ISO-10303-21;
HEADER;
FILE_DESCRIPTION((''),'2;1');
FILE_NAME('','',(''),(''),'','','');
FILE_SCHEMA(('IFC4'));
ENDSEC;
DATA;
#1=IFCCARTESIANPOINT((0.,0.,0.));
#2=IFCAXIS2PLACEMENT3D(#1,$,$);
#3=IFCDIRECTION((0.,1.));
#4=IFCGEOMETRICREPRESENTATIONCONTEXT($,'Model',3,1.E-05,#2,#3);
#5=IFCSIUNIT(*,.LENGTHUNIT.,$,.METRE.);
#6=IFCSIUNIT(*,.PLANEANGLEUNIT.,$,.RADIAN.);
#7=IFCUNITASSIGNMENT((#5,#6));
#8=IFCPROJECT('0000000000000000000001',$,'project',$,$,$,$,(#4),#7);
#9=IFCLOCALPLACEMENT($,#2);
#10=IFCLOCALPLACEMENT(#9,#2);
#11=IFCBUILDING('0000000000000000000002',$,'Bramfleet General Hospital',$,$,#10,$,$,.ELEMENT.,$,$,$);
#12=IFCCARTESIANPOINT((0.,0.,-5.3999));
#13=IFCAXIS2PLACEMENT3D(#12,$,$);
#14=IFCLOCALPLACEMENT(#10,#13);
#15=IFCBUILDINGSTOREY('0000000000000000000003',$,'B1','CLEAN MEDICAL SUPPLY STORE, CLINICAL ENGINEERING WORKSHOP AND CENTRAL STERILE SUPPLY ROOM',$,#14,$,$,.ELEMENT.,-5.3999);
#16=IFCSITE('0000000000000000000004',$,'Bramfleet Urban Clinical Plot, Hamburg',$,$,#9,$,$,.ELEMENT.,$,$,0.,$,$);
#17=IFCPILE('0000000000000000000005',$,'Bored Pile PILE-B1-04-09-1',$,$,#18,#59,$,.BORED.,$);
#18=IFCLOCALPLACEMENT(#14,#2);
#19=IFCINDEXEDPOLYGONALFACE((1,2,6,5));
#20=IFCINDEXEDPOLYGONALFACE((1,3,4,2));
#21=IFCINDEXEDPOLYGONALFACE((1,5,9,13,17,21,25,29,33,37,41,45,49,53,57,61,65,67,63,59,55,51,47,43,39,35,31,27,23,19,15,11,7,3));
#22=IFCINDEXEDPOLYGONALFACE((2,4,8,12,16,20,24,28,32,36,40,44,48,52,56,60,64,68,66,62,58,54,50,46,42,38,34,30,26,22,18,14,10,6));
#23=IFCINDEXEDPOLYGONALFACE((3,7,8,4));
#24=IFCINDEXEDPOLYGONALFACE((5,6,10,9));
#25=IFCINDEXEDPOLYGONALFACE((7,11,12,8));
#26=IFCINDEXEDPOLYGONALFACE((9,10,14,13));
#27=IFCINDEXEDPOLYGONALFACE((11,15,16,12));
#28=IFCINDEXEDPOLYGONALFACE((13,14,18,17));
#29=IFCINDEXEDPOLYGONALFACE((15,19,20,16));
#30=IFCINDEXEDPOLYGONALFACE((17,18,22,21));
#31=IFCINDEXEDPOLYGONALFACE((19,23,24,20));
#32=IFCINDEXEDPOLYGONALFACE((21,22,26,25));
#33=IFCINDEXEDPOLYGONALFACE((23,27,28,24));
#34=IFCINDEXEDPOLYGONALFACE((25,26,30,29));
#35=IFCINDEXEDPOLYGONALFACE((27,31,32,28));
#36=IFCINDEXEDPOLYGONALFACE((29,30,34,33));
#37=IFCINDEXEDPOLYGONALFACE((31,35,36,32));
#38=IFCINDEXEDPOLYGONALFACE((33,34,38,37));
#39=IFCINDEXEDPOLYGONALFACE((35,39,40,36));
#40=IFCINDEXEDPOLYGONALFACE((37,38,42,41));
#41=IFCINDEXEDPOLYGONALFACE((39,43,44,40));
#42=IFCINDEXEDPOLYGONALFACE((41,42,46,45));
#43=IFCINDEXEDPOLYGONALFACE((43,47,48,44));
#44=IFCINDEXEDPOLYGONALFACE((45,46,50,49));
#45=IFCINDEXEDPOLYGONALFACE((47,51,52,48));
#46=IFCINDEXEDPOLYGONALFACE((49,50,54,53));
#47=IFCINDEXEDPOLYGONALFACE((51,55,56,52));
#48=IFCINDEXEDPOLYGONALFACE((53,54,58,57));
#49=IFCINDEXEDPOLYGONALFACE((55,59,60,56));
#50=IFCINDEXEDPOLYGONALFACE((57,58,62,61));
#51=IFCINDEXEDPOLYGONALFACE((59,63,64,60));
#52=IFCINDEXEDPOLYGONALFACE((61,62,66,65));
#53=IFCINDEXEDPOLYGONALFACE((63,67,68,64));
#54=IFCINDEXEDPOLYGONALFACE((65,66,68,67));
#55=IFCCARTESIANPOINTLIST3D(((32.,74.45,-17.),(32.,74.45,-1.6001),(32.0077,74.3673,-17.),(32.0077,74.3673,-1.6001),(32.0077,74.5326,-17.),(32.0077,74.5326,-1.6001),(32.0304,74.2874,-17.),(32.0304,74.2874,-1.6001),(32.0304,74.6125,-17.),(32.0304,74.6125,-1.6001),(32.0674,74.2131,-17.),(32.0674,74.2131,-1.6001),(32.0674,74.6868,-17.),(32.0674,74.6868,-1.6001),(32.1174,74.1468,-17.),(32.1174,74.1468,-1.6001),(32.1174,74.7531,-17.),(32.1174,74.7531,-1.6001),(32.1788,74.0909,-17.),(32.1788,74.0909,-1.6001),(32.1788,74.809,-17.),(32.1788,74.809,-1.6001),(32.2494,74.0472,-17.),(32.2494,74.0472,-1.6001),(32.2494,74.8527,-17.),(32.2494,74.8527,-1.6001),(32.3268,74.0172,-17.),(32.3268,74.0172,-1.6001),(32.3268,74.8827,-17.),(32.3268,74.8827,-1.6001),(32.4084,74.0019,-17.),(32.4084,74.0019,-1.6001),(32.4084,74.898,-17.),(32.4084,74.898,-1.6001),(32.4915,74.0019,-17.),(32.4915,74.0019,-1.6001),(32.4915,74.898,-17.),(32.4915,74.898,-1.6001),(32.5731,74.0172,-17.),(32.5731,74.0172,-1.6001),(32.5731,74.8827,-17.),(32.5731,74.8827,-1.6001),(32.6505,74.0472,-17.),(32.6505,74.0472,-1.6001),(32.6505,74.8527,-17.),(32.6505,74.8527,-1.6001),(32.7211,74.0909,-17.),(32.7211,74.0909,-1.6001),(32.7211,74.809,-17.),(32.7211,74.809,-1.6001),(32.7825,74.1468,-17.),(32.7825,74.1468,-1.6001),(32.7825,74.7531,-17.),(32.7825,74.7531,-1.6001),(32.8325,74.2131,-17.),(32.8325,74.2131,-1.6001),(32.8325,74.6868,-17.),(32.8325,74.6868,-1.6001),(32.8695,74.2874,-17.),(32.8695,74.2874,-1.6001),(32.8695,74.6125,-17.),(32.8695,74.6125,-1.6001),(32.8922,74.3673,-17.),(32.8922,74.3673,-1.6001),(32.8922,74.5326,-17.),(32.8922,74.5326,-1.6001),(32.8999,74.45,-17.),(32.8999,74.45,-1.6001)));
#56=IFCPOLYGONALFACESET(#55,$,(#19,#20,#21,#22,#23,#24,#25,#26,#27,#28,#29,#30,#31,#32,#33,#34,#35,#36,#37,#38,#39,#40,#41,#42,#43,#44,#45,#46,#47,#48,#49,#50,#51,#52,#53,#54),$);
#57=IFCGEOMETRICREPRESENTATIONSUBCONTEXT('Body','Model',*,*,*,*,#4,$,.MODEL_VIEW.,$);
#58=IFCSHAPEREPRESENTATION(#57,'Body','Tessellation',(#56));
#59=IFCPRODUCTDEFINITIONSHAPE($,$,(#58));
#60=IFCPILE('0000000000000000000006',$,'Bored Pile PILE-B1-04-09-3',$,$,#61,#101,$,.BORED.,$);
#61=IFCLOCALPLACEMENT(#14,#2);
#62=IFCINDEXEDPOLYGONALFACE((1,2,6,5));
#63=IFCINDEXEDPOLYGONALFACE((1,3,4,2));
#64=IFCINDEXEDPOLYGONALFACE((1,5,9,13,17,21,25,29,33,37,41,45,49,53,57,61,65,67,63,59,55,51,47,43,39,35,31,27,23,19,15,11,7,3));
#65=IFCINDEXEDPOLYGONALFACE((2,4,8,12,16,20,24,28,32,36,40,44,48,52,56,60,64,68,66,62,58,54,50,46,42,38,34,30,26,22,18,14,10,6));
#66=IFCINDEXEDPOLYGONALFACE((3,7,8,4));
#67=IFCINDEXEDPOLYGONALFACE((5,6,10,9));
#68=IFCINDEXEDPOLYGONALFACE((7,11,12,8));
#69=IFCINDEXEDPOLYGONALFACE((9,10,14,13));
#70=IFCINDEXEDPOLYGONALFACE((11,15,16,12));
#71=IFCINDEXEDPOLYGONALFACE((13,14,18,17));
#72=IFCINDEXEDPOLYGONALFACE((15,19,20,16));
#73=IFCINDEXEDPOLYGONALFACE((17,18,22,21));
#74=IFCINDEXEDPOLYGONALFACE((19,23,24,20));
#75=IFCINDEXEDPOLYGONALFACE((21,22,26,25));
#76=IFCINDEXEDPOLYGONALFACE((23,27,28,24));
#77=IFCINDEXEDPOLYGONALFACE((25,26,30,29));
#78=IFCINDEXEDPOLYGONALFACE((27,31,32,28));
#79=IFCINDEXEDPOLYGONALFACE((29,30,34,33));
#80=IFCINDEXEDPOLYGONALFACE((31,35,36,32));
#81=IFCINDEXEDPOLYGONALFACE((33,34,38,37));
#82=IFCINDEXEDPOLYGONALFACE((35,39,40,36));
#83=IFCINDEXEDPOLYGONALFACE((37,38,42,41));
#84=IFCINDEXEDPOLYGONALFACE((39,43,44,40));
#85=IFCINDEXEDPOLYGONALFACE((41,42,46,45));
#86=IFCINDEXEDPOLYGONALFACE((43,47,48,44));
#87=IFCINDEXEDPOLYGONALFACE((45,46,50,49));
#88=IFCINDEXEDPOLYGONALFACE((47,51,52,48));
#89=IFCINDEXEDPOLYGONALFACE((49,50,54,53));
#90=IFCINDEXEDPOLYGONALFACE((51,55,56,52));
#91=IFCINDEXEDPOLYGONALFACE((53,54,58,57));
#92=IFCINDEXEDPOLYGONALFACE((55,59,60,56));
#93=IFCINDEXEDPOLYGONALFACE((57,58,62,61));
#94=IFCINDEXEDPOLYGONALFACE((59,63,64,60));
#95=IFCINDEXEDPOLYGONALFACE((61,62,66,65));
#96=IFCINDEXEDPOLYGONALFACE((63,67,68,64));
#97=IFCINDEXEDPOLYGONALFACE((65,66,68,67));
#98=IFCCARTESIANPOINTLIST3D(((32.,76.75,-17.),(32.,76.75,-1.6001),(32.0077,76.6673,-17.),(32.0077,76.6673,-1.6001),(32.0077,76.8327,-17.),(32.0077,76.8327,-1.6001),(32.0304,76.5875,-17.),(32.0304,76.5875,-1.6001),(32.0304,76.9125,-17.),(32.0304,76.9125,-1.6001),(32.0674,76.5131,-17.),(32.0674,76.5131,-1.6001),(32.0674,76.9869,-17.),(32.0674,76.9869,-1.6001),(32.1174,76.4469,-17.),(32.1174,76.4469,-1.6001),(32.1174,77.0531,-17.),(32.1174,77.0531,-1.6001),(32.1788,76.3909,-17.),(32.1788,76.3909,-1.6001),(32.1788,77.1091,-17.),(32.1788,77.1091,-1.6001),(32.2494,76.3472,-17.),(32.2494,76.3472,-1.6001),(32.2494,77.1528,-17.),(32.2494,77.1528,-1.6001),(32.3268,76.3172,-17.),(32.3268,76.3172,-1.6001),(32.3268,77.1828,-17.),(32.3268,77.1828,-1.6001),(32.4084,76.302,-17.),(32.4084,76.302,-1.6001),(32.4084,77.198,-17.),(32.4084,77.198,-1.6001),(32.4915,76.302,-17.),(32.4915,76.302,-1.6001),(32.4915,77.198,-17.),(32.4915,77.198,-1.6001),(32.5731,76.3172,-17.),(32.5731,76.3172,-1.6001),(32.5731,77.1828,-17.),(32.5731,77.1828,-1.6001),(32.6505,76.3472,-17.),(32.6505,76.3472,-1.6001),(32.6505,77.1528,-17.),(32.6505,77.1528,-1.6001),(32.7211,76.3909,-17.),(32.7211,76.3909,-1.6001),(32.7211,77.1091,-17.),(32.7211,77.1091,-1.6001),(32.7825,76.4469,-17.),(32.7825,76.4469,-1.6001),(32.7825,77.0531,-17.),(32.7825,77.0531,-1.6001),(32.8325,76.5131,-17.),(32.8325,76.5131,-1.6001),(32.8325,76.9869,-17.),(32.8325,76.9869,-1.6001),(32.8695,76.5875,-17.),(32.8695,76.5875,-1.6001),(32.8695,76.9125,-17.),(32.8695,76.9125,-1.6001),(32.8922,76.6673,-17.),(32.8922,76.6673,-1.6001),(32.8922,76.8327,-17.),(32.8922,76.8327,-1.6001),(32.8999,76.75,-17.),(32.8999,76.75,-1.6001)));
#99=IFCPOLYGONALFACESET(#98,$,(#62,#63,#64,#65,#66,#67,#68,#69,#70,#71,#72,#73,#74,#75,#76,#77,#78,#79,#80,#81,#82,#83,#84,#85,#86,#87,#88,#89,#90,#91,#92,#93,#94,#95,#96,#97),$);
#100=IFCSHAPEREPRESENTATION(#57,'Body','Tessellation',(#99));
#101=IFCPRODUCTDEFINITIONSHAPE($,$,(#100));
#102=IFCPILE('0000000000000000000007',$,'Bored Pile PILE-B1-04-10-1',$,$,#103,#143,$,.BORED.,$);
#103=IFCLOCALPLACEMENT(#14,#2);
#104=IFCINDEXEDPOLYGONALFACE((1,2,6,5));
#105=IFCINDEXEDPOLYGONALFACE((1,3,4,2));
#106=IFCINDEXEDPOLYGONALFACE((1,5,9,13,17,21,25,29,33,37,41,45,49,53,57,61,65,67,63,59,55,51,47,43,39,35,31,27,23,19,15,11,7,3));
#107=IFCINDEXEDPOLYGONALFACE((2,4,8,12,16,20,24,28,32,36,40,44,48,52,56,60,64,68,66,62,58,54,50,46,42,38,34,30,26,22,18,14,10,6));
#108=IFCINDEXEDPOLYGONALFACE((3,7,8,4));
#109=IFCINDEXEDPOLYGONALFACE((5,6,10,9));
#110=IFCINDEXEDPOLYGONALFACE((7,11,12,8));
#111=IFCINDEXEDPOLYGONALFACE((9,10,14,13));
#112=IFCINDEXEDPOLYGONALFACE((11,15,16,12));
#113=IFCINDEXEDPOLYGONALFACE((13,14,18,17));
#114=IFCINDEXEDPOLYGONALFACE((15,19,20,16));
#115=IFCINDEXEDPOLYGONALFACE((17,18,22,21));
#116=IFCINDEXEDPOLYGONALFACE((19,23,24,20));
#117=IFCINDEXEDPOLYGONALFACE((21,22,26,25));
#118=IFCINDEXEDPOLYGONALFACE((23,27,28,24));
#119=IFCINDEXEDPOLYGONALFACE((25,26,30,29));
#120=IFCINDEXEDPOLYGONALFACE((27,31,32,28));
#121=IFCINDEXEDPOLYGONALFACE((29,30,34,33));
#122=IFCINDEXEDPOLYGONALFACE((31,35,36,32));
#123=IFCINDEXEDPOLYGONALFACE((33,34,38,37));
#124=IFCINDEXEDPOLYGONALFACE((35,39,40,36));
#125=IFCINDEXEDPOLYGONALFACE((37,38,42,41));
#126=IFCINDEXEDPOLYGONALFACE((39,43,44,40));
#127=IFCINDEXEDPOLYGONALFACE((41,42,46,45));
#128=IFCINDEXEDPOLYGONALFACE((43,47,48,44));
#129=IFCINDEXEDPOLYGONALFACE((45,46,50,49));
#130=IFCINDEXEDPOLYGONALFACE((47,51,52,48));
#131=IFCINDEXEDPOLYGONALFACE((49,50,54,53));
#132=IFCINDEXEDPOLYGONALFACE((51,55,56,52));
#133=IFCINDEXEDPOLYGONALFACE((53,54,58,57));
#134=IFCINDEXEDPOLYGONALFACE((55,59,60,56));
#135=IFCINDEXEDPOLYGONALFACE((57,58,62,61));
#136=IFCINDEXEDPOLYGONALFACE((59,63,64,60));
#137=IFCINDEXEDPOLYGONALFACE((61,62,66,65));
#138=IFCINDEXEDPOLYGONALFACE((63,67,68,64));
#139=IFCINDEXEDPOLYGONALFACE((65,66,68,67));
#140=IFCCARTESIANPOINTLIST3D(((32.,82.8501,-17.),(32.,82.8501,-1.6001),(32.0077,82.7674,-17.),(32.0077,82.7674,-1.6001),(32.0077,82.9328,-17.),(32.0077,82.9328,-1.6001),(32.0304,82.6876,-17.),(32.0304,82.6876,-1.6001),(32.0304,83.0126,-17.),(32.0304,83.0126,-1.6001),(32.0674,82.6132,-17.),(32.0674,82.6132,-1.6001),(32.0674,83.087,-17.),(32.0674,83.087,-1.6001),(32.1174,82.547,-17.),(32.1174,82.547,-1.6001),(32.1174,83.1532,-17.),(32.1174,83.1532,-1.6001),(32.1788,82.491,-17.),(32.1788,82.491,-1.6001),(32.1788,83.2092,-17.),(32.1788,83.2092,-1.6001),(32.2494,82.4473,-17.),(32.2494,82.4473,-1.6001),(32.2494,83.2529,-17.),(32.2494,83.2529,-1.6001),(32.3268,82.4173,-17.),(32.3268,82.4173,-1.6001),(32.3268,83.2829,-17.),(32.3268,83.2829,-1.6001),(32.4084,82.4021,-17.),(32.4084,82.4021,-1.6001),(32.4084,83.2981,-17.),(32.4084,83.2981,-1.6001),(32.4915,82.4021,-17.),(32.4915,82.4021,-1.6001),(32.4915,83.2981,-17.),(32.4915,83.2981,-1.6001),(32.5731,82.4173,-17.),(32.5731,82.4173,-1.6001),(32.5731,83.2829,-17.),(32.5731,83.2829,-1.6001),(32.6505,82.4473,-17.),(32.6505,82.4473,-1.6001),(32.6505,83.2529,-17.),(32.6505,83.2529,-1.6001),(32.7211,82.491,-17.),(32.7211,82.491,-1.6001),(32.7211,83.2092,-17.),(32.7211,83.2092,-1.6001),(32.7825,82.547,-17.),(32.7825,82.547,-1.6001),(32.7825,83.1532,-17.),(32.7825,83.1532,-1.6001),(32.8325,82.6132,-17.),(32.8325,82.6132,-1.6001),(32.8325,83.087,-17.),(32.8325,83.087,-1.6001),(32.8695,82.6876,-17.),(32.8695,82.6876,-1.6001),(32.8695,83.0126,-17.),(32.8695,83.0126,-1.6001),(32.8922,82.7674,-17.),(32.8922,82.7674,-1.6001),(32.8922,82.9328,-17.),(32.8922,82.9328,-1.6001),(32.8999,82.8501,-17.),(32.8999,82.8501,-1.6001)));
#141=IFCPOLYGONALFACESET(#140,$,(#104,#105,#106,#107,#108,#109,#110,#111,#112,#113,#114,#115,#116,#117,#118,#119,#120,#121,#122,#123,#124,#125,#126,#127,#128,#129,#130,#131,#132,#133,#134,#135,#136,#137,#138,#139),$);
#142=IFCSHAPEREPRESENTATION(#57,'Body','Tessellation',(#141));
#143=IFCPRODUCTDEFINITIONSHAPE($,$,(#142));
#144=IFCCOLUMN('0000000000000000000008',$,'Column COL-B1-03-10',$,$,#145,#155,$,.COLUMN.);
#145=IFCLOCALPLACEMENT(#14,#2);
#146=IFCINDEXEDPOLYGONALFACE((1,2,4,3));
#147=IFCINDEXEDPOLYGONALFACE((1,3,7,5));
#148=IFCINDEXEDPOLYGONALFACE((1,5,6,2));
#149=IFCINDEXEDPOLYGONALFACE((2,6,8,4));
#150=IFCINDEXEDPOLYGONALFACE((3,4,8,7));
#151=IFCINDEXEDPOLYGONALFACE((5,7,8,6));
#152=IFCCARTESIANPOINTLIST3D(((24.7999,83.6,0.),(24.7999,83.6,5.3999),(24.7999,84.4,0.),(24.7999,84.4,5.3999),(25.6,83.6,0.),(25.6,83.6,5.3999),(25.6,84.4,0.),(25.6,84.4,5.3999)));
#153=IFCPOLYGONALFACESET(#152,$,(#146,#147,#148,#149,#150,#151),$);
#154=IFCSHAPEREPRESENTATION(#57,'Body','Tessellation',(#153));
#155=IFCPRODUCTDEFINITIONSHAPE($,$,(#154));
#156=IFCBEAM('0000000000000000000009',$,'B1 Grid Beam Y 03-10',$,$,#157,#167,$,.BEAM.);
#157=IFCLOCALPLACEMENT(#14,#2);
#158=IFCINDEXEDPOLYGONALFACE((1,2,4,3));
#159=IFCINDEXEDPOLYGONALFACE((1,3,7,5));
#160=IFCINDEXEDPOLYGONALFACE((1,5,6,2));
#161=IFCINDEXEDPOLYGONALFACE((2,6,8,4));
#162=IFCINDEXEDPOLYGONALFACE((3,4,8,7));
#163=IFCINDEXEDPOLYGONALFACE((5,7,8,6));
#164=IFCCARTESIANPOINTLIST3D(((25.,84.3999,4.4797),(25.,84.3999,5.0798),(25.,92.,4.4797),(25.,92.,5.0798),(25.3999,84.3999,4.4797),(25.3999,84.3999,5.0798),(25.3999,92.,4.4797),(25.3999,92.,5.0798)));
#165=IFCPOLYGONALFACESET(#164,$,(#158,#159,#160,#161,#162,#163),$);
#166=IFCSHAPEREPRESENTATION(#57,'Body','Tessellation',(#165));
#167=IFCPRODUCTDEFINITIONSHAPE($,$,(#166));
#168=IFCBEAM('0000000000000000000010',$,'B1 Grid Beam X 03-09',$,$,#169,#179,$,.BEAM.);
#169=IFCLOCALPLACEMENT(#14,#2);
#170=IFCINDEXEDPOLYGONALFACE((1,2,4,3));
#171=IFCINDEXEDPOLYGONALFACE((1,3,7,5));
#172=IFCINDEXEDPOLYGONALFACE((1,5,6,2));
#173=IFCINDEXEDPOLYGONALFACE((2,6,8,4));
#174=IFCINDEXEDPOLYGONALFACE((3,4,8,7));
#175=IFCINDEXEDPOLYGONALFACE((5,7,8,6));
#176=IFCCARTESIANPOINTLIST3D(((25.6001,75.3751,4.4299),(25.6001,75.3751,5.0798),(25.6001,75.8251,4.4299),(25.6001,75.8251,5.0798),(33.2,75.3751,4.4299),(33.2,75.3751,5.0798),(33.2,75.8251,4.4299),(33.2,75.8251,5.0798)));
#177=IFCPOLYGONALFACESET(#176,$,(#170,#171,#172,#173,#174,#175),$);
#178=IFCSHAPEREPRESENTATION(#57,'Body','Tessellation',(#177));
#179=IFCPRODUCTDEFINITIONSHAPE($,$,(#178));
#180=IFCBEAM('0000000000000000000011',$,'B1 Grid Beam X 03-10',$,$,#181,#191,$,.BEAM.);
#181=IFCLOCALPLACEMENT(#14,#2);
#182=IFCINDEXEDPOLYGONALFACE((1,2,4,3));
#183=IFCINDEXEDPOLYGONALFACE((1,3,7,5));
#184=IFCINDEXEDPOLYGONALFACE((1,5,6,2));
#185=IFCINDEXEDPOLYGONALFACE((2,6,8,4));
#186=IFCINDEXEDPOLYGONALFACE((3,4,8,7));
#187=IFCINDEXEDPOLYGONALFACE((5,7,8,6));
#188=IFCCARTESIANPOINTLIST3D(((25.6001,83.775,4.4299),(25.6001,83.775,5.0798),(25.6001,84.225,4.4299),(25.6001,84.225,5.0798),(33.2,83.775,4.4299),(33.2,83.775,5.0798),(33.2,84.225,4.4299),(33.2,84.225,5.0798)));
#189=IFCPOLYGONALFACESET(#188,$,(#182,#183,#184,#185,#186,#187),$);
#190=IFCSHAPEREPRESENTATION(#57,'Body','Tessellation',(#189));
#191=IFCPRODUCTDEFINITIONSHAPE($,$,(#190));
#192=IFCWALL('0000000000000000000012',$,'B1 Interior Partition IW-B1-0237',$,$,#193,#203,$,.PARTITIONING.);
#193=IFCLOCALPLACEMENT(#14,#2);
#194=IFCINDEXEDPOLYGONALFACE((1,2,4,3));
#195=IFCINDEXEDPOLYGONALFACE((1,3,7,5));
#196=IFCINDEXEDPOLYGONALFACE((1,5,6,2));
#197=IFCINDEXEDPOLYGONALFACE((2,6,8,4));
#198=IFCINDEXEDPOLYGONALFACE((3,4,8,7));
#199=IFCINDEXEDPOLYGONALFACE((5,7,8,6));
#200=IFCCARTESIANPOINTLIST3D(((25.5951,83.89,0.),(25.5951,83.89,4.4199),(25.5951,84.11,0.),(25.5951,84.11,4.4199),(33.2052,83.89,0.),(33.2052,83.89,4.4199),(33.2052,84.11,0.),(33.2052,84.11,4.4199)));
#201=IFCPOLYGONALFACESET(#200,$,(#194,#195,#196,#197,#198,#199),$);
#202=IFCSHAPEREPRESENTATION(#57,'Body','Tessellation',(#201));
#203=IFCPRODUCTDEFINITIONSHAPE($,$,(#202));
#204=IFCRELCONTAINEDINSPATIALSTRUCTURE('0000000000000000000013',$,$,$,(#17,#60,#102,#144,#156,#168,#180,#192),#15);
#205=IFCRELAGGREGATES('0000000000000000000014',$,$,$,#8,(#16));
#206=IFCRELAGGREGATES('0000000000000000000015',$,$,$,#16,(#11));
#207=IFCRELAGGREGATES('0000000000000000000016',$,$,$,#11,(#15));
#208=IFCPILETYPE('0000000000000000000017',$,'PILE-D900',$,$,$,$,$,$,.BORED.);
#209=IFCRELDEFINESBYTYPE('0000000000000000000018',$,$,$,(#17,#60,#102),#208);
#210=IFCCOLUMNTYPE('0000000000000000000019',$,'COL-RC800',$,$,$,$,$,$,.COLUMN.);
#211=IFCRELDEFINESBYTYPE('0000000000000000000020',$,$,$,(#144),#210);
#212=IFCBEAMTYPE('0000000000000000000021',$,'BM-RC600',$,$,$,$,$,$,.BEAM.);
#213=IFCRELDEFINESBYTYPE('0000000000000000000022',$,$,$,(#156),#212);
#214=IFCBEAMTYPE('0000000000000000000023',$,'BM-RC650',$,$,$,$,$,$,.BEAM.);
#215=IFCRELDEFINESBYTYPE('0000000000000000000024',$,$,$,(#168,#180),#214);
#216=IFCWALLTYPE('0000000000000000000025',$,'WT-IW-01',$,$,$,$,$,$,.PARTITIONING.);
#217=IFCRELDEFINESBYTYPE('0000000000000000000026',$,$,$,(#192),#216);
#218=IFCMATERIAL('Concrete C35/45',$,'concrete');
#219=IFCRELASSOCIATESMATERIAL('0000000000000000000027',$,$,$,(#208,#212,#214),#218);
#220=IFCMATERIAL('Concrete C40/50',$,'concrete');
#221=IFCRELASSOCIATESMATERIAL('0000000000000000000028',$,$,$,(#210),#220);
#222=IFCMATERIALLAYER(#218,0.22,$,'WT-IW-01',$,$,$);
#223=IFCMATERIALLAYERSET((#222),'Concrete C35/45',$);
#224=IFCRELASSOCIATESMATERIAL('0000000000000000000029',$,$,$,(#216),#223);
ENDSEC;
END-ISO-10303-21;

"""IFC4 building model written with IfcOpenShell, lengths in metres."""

from ifc_helpers import new_model, si_unit, direction, frame, frame_2d, origin, origin_2d, place, context, subcontext, project, spatial, rectangle, circle, extrude, material, layer, layer_set, material_profile, profile_set, type_object, element, save


model = new_model("IFC4")

# Units and contexts
model_context = context("Model", 3, precision=1e-05, world=origin(), true_north=direction((0.0, 1.0)))
body_context = subcontext(model_context, "Body", "Model", "MODEL_VIEW")
ifc_project = project(units=[si_unit("LENGTHUNIT", "METRE"), si_unit("PLANEANGLEUNIT", "RADIAN")], contexts=[model_context])

# Site, building, storey
site_placement = place(None, origin())
site = spatial("IfcSite", under=ifc_project, at=site_placement, Name="Bramfleet Urban Clinical Plot, Hamburg", CompositionType="ELEMENT", RefElevation=0.0)
building_placement = place(site_placement, origin())
building = spatial("IfcBuilding", under=site, at=building_placement, Name="Bramfleet General Hospital", CompositionType="ELEMENT")
storey_placement = place(building_placement, frame((0.0, 0.0, -5.3999)))
storey = spatial("IfcBuildingStorey", under=building, at=storey_placement, Name="B1", Description="CLEAN MEDICAL SUPPLY STORE, CLINICAL ENGINEERING WORKSHOP AND CENTRAL STERILE SUPPLY ROOM", CompositionType="ELEMENT", Elevation=-5.3999)

# Shared definitions
ifc_material_1 = material(Name="Concrete C35/45", Category="concrete")

# Piles
ifc_material_profile_1 = material_profile(ifc_material_1, circle(Radius=0.45, at=origin_2d()), Name="PILE BORED D900")
ifc_profile_set_1 = profile_set([ifc_material_profile_1], Name="Concrete C35/45")
pile_type_1 = type_object("IfcPileType", Name="PILE-D900", PredefinedType="BORED", material=ifc_profile_set_1)
for number, where, z_axis, x_axis, name in (
    (1, (32.45, 74.45, -1.6001), (0.0, 0.0, -1.0), (1.0, 0.0, 0.0), "Bored Pile PILE-B1-04-09-1"),
    (2, (32.45, 76.75, -1.6001), (0.0, 0.0, -1.0), (1.0, 0.0, 0.0), "Bored Pile PILE-B1-04-09-3"),
    (3, (32.45, 82.8501, -1.6001), (0.0, 0.0, -1.0), (1.0, 0.0, 0.0), "Bored Pile PILE-B1-04-10-1"),
):
    element("IfcPile", number, at=place(storey_placement, frame(where, z_axis=z_axis, x_axis=x_axis)), inside=storey, type_object=pile_type_1, Name=name, PredefinedType="BORED", context=body_context, shape_type="SweptSolid", body=[
        extrude(circle(Radius=0.45, at=origin_2d()), origin(), (0.0, 0.0, 1.0), 15.3999),
    ])

# Column
ifc_material_2 = material(Name="Concrete C40/50", Category="concrete")
ifc_material_profile_2 = material_profile(ifc_material_2, rectangle(XDim=0.8, YDim=0.8, at=origin_2d()), Name="RC COL 800x800")
ifc_profile_set_2 = profile_set([ifc_material_profile_2], Name="Concrete C40/50")
column_type = type_object("IfcColumnType", Name="COL-RC800", PredefinedType="COLUMN", material=ifc_profile_set_2)
column_placement = place(storey_placement, frame((25.2, 84.0, 0.0), z_axis=(0.0, 0.0, 1.0), x_axis=(1.0, 0.0, 0.0)))
element("IfcColumn", 4, at=column_placement, inside=storey, type_object=column_type, Name="Column COL-B1-03-10", PredefinedType="COLUMN", context=body_context, shape_type="SweptSolid", body=[
    extrude(rectangle(XDim=0.8, YDim=0.8, at=origin_2d()), origin(), (0.0, 0.0, 1.0), 5.3999),
])

# Beams
ifc_material_profile_3 = material_profile(ifc_material_1, rectangle(XDim=0.3999, YDim=0.6001, at=origin_2d()), Name="RC BM 600x400")
ifc_profile_set_3 = profile_set([ifc_material_profile_3], Name="Concrete C35/45")
beam_type_1 = type_object("IfcBeamType", Name="BM-RC600", PredefinedType="BEAM", material=ifc_profile_set_3)
beam_placement = place(storey_placement, frame((25.2, 84.3999, 4.7798), z_axis=(0.0, 1.0, 0.0), x_axis=(-1.0, 0.0, 0.0)))
element("IfcBeam", 5, at=beam_placement, inside=storey, type_object=beam_type_1, Name="B1 Grid Beam Y 03-10", PredefinedType="BEAM", context=body_context, shape_type="SweptSolid", body=[
    extrude(rectangle(XDim=0.3999, YDim=0.6001, at=origin_2d()), origin(), (0.0, 0.0, 1.0), 7.6001),
])
ifc_material_profile_4 = material_profile(ifc_material_1, rectangle(XDim=0.45, YDim=0.6499, at=origin_2d()), Name="RC BM 650x450")
ifc_profile_set_4 = profile_set([ifc_material_profile_4], Name="Concrete C35/45")
beam_type_2 = type_object("IfcBeamType", Name="BM-RC650", PredefinedType="BEAM", material=ifc_profile_set_4)
for number, where, z_axis, x_axis, name in (
    (6, (25.6001, 75.6001, 4.7549), (1.0, 0.0, 0.0), (0.0, 1.0, 0.0), "B1 Grid Beam X 03-09"),
    (7, (25.6001, 84.0, 4.7549), (1.0, 0.0, 0.0), (0.0, 1.0, 0.0), "B1 Grid Beam X 03-10"),
):
    element("IfcBeam", number, at=place(storey_placement, frame(where, z_axis=z_axis, x_axis=x_axis)), inside=storey, type_object=beam_type_2, Name=name, PredefinedType="BEAM", context=body_context, shape_type="SweptSolid", body=[
        extrude(rectangle(XDim=0.45, YDim=0.6499, at=origin_2d()), origin(), (0.0, 0.0, 1.0), 7.5999),
    ])

# Wall
ifc_layer_1 = layer(ifc_material_1, 0.22, Name="WT-IW-01")
ifc_layer_set_1 = layer_set([ifc_layer_1], Name="Concrete C35/45")
wall_type_1 = type_object("IfcWallType", Name="WT-IW-01", PredefinedType="PARTITIONING", material=ifc_layer_set_1)
wall_1_placement = place(storey_placement, frame((25.595, 84.0, 0.0), z_axis=(0.0, 0.0, 1.0), x_axis=(1.0, 0.0, 0.0)))
element("IfcWall", 8, at=wall_1_placement, inside=storey, type_object=wall_type_1, Name="B1 Interior Partition IW-B1-0237", PredefinedType="PARTITIONING", context=body_context, shape_type="SweptSolid", body=[
    extrude(rectangle(XDim=7.6101, YDim=0.22, at=frame_2d((3.8052, 0.0))), origin(), (0.0, 0.0, 1.0), 4.4199),
])

save(model, "model.ifc")
